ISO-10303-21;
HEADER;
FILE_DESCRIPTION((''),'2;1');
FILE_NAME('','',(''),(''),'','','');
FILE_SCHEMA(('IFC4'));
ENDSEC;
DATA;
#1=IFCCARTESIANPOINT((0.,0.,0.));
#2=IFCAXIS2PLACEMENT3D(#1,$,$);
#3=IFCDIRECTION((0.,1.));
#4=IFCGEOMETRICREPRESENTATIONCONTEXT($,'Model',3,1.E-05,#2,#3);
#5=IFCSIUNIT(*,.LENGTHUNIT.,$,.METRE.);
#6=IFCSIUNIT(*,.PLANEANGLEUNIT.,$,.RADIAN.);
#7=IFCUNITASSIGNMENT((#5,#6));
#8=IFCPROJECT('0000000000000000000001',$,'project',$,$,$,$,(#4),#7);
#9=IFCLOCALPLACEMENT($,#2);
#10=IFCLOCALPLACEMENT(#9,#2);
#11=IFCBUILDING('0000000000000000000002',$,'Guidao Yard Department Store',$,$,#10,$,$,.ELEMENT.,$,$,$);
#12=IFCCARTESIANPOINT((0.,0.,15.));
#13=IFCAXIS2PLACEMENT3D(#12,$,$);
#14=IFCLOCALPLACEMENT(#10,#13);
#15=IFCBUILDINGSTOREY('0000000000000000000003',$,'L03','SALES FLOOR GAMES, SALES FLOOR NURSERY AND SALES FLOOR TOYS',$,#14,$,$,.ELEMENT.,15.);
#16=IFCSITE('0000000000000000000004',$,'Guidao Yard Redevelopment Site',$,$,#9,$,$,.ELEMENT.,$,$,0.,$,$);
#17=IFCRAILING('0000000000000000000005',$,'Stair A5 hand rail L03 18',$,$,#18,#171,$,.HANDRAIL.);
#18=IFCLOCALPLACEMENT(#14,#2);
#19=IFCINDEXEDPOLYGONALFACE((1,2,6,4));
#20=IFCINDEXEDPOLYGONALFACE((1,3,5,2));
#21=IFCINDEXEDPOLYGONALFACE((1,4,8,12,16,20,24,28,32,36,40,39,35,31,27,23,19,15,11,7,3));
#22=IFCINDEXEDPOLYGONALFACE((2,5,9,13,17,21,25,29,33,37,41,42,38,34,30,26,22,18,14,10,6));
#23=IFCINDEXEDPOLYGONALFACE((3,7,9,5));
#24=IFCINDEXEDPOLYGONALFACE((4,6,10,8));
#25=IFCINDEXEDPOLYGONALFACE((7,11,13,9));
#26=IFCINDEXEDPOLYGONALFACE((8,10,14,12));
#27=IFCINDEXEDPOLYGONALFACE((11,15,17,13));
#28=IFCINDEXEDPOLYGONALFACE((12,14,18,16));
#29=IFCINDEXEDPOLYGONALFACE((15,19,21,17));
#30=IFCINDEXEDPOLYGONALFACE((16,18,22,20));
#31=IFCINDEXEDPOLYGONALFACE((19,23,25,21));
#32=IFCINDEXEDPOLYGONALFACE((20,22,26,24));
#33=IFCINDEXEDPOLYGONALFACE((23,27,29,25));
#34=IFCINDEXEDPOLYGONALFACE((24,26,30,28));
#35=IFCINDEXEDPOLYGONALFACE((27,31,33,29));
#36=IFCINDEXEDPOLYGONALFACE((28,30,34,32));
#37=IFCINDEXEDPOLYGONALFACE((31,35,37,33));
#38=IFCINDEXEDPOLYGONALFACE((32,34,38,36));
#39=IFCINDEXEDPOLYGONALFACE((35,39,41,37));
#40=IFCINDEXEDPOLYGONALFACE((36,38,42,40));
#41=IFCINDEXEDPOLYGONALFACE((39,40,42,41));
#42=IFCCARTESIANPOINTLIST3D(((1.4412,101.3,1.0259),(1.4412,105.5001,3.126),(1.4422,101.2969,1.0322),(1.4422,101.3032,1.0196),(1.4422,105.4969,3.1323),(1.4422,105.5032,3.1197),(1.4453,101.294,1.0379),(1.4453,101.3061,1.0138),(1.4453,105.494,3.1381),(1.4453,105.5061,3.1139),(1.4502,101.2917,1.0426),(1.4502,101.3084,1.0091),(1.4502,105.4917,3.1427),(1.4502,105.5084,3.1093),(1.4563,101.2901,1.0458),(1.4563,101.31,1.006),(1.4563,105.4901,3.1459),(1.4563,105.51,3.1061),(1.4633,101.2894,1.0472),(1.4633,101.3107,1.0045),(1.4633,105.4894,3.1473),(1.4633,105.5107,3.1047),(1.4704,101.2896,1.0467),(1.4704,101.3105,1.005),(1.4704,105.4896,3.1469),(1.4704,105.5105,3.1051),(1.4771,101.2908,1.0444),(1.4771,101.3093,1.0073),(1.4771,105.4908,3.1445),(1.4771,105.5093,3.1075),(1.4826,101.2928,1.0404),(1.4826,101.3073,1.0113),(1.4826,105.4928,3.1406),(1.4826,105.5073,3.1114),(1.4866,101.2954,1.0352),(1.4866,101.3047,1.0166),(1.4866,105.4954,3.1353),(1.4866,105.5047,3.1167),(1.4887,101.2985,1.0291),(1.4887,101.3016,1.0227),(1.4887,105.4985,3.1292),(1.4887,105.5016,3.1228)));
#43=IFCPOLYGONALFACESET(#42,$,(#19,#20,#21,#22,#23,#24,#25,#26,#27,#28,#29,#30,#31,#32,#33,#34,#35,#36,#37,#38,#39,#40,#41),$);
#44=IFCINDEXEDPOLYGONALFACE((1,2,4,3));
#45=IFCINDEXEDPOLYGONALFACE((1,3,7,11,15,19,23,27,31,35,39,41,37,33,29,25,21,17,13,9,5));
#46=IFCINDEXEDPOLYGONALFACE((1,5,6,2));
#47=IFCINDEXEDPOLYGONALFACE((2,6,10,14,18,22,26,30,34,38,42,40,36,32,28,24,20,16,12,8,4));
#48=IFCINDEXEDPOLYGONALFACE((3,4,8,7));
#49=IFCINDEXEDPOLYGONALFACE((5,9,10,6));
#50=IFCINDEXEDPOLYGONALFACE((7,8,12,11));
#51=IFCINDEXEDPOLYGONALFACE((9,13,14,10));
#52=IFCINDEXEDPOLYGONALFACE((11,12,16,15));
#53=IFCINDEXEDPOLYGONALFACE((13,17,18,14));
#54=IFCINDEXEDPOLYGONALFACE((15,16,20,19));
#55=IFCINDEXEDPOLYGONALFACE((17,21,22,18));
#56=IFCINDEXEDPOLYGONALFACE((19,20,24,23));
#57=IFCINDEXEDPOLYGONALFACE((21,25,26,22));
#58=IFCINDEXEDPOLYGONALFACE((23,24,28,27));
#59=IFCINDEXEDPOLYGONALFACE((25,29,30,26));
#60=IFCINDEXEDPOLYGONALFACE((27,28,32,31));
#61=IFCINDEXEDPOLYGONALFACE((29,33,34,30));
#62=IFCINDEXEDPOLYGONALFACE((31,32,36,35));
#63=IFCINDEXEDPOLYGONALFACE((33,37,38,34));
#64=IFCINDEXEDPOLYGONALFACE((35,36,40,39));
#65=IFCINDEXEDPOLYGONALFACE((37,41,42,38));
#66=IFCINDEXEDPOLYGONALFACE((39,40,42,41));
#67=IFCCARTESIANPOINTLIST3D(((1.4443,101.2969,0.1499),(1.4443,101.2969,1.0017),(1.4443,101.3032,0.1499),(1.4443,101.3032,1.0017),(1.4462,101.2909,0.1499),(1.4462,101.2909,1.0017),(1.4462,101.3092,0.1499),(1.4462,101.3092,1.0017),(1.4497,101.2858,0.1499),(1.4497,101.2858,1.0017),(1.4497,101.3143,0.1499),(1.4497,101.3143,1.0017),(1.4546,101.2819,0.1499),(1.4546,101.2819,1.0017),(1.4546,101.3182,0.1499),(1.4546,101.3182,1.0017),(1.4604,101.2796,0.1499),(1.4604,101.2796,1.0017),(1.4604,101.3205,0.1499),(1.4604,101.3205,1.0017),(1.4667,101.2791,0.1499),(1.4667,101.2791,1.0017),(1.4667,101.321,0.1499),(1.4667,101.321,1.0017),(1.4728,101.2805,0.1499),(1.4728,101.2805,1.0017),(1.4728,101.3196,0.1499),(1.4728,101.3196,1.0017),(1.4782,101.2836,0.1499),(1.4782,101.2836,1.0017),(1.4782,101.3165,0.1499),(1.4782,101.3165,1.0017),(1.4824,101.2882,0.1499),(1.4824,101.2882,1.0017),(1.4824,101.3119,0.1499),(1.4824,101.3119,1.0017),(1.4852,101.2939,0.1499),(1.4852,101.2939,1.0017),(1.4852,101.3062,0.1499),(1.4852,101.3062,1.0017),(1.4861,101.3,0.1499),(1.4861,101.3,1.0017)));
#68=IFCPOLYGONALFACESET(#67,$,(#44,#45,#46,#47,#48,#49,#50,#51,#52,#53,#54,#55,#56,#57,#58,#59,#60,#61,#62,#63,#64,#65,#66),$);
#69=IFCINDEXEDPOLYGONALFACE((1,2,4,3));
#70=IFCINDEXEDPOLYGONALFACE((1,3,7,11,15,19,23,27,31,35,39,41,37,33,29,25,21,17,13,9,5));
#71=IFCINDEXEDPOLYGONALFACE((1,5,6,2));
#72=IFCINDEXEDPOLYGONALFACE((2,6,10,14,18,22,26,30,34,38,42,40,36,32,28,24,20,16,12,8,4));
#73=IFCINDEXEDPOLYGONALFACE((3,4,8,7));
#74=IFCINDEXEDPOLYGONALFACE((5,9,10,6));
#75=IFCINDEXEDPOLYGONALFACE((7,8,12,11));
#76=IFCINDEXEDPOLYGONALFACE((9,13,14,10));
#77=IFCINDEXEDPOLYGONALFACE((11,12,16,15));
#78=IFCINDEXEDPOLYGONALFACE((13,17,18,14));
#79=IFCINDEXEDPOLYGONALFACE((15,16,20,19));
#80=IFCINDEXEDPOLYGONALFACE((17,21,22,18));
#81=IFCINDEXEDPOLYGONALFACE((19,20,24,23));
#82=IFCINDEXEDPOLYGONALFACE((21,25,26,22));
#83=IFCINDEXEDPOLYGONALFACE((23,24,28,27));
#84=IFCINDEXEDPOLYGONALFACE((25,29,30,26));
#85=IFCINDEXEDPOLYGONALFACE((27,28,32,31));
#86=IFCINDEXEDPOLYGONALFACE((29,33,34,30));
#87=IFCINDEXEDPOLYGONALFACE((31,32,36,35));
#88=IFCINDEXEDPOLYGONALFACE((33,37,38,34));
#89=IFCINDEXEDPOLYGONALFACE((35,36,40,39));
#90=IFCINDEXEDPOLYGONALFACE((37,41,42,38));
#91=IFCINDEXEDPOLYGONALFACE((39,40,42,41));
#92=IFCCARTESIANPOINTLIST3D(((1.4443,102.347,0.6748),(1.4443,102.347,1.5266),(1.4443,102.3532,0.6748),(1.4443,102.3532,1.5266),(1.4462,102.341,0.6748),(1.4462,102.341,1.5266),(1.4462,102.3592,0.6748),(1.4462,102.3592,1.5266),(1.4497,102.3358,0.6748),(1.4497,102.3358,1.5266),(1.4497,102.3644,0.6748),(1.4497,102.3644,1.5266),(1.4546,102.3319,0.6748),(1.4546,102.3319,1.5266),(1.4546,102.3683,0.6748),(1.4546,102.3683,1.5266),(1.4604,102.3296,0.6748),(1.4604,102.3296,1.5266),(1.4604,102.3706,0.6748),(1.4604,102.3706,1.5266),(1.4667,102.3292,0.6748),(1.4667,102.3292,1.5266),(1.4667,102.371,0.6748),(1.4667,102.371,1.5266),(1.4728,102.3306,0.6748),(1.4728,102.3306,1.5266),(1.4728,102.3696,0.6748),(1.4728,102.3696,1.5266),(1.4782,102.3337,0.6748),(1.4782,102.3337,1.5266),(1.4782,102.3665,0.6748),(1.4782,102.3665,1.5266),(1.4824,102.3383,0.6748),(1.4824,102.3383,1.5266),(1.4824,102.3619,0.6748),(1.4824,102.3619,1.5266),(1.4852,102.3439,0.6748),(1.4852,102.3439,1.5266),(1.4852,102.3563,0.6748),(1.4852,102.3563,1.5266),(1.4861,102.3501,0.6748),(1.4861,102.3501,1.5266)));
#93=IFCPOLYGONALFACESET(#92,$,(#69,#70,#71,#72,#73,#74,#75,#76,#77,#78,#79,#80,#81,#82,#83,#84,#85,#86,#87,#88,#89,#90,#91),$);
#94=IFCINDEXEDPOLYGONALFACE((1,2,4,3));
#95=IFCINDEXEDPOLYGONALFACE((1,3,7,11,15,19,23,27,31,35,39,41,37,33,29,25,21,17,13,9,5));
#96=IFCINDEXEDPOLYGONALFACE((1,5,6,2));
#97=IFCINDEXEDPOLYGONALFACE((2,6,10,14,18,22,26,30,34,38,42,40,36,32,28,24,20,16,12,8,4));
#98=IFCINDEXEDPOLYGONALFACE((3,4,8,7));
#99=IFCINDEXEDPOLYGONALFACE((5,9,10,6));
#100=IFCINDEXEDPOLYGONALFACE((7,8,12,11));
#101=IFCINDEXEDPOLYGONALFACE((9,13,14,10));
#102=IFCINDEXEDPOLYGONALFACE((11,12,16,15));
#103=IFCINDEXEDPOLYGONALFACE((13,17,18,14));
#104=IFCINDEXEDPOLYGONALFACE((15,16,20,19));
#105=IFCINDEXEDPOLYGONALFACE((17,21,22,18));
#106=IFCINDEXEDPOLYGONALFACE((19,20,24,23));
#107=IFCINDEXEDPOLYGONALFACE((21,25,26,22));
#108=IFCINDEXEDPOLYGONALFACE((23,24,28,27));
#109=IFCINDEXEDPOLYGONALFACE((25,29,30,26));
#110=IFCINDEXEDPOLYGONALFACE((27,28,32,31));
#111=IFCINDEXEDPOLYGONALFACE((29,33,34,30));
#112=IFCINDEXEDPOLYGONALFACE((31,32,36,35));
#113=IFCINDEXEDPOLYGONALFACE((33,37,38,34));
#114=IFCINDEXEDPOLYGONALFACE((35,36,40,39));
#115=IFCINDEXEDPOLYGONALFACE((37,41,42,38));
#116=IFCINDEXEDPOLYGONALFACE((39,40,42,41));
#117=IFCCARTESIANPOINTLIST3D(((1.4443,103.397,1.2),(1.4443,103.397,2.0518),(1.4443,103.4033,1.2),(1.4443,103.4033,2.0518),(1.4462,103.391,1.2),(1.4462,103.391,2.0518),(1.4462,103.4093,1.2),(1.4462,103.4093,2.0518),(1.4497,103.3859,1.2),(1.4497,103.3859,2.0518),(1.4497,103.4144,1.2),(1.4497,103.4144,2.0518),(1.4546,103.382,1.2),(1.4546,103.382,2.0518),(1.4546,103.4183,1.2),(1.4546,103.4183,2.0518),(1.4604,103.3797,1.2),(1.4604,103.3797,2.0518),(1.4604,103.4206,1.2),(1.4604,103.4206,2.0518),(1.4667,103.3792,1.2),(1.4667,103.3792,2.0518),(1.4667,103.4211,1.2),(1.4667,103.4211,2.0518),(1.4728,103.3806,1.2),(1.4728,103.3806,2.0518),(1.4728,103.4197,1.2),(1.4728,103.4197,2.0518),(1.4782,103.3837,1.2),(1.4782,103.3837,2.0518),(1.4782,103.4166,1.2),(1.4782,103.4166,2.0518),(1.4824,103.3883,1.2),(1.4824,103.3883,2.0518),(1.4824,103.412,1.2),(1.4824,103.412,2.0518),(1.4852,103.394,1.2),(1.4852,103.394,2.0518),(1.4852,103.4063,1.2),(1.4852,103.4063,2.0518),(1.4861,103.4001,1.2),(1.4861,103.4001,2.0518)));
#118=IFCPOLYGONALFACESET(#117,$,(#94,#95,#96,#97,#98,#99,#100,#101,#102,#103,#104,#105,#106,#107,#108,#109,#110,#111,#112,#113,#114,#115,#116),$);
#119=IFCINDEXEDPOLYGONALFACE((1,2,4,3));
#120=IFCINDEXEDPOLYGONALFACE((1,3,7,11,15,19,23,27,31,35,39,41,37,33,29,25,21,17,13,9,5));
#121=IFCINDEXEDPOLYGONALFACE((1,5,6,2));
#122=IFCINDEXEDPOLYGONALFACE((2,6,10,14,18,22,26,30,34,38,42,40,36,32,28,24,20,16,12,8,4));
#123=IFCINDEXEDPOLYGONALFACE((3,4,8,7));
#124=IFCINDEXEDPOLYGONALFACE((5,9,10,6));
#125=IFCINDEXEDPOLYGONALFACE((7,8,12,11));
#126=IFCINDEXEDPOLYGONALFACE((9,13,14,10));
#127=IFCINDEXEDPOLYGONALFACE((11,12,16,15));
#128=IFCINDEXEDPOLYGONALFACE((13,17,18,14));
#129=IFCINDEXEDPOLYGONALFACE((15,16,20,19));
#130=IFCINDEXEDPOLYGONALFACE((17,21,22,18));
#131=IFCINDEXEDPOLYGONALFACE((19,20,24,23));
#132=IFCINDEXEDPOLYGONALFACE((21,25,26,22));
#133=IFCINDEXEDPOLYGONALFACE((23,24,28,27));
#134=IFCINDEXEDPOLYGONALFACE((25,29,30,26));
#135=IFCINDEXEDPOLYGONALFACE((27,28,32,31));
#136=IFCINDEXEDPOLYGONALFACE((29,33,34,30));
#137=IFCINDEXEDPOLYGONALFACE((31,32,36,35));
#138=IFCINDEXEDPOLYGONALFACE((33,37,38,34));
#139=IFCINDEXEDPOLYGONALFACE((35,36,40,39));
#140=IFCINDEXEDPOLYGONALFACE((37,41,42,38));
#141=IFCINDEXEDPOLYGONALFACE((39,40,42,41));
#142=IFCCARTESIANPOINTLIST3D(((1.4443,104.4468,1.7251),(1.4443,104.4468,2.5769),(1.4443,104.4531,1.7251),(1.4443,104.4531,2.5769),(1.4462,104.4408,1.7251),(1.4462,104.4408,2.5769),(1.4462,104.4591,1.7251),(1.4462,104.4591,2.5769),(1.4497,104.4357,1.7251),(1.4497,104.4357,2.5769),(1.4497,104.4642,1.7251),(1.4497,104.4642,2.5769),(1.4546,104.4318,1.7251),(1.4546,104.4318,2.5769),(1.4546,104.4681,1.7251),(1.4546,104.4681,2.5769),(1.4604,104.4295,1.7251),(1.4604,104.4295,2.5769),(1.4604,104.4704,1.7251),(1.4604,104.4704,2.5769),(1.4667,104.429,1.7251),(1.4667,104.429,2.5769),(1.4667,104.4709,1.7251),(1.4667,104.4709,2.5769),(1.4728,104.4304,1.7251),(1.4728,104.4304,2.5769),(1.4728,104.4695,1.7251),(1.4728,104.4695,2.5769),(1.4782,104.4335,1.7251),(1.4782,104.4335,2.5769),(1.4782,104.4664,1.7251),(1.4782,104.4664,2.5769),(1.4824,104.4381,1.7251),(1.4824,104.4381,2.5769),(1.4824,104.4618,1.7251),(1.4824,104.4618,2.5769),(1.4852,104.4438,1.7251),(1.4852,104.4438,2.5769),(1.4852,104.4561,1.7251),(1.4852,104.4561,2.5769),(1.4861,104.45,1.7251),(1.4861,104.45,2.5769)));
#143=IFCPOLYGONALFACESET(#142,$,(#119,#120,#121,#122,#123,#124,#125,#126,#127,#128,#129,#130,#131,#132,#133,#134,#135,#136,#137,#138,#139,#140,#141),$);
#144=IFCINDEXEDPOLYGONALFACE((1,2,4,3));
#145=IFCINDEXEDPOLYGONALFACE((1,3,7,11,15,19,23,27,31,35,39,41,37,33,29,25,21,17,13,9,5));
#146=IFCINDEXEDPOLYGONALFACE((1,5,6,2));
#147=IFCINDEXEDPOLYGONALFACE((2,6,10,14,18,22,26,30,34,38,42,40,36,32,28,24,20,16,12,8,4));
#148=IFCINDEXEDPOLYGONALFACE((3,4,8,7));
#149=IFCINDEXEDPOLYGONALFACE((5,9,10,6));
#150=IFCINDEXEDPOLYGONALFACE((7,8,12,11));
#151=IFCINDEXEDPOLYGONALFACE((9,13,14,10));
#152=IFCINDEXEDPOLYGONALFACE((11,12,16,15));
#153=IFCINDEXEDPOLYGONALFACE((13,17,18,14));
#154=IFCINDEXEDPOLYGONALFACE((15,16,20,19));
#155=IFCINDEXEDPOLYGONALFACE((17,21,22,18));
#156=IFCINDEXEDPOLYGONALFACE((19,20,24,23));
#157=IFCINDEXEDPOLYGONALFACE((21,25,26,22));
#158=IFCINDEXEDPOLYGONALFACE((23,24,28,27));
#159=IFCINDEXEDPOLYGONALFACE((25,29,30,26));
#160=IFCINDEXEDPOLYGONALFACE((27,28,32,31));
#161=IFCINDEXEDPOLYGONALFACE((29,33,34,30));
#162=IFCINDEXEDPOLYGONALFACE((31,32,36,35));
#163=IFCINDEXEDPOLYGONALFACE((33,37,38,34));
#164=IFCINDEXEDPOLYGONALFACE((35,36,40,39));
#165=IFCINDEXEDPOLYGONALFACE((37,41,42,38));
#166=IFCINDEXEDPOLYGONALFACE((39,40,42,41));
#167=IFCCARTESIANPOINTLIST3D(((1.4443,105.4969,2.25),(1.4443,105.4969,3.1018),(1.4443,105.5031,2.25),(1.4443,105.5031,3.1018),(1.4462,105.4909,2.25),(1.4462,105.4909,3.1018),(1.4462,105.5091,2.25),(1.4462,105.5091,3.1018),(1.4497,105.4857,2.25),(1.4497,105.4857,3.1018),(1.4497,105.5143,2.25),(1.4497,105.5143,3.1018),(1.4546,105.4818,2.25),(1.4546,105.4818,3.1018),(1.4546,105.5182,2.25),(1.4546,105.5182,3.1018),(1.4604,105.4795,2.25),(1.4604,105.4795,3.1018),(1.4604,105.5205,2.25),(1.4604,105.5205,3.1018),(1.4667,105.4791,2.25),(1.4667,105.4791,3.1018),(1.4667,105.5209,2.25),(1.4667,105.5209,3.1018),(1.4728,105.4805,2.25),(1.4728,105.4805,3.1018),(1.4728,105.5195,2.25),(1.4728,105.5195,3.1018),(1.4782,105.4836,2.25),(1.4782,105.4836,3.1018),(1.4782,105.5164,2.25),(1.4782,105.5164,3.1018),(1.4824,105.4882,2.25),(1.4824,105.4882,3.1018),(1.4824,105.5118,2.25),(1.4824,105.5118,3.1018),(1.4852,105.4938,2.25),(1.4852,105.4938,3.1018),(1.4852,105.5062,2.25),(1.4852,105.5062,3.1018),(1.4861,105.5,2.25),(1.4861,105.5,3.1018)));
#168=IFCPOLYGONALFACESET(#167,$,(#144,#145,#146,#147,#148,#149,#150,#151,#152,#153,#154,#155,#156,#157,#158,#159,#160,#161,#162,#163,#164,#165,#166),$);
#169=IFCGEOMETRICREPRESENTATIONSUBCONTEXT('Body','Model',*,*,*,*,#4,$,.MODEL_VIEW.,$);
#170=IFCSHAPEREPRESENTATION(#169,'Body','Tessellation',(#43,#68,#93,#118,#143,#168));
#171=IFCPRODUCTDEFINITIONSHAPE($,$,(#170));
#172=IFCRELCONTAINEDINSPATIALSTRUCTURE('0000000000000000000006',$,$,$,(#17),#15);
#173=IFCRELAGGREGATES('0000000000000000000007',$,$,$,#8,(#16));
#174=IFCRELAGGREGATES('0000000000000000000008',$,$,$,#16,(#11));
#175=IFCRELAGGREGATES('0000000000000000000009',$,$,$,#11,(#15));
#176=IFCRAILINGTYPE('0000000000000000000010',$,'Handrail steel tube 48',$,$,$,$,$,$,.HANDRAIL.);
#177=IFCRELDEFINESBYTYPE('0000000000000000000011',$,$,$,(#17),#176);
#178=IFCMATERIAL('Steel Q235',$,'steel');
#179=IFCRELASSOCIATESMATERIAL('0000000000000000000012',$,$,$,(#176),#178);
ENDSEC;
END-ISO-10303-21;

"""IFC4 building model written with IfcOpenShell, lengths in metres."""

from ifc_helpers import new_model, si_unit, direction, frame, origin, origin_2d, place, context, subcontext, project, spatial, circle, extrude, material, type_object, element, save


model = new_model("IFC4")

# Units and contexts
model_context = context("Model", 3, precision=1e-05, world=origin(), true_north=direction((0.0, 1.0)))
body_context = subcontext(model_context, "Body", "Model", "MODEL_VIEW")
ifc_project = project(units=[si_unit("LENGTHUNIT", "METRE"), si_unit("PLANEANGLEUNIT", "RADIAN")], contexts=[model_context])

# Site, building, storey
site_placement = place(None, origin())
site = spatial("IfcSite", under=ifc_project, at=site_placement, Name="Guidao Yard Redevelopment Site", CompositionType="ELEMENT", RefElevation=0.0)
building_placement = place(site_placement, origin())
building = spatial("IfcBuilding", under=site, at=building_placement, Name="Guidao Yard Department Store", CompositionType="ELEMENT")
storey_placement = place(building_placement, frame((0.0, 0.0, 15.0)))
storey = spatial("IfcBuildingStorey", under=building, at=storey_placement, Name="L03", Description="SALES FLOOR GAMES, SALES FLOOR NURSERY AND SALES FLOOR TOYS", CompositionType="ELEMENT", Elevation=15.0)

# Railing
ifc_material_1 = material(Name="Steel Q235", Category="steel")
railing_type_1 = type_object("IfcRailingType", Name="Handrail steel tube 48", PredefinedType="HANDRAIL", material=ifc_material_1)
for number, where, name in (
    (1, (1.4651, 101.3, 0.1499), "Stair A5 hand rail L03 18"),
):
    element("IfcRailing", number, at=place(storey_placement, frame(where)), inside=storey, type_object=railing_type_1, Name=name, PredefinedType="HANDRAIL", context=body_context, shape_type="SweptSolid", body=[
        extrude(circle(Radius=0.0239, at=origin_2d()), frame((0.0, 0.0, 0.876), z_axis=(0.0, 0.894417, 0.447234), x_axis=(-1.0, 0.0, 0.0)), (0.0, 0.0, 1.0), 4.6958),
        extrude(circle(Radius=0.021, at=origin_2d()), origin(), (0.0, 0.0, 1.0), 0.8518),
        extrude(circle(Radius=0.021, at=origin_2d()), frame((0.0, 1.05, 0.5249)), (0.0, 0.0, 1.0), 0.8518),
        extrude(circle(Radius=0.021, at=origin_2d()), frame((0.0, 2.1001, 1.05)), (0.0, 0.0, 1.0), 0.8518),
        extrude(circle(Radius=0.021, at=origin_2d()), frame((0.0, 3.1499, 1.5752)), (0.0, 0.0, 1.0), 0.8518),
        extrude(circle(Radius=0.021, at=origin_2d()), frame((0.0, 4.2, 2.1001)), (0.0, 0.0, 1.0), 0.8518),
    ])

save(model, "model.ifc")
